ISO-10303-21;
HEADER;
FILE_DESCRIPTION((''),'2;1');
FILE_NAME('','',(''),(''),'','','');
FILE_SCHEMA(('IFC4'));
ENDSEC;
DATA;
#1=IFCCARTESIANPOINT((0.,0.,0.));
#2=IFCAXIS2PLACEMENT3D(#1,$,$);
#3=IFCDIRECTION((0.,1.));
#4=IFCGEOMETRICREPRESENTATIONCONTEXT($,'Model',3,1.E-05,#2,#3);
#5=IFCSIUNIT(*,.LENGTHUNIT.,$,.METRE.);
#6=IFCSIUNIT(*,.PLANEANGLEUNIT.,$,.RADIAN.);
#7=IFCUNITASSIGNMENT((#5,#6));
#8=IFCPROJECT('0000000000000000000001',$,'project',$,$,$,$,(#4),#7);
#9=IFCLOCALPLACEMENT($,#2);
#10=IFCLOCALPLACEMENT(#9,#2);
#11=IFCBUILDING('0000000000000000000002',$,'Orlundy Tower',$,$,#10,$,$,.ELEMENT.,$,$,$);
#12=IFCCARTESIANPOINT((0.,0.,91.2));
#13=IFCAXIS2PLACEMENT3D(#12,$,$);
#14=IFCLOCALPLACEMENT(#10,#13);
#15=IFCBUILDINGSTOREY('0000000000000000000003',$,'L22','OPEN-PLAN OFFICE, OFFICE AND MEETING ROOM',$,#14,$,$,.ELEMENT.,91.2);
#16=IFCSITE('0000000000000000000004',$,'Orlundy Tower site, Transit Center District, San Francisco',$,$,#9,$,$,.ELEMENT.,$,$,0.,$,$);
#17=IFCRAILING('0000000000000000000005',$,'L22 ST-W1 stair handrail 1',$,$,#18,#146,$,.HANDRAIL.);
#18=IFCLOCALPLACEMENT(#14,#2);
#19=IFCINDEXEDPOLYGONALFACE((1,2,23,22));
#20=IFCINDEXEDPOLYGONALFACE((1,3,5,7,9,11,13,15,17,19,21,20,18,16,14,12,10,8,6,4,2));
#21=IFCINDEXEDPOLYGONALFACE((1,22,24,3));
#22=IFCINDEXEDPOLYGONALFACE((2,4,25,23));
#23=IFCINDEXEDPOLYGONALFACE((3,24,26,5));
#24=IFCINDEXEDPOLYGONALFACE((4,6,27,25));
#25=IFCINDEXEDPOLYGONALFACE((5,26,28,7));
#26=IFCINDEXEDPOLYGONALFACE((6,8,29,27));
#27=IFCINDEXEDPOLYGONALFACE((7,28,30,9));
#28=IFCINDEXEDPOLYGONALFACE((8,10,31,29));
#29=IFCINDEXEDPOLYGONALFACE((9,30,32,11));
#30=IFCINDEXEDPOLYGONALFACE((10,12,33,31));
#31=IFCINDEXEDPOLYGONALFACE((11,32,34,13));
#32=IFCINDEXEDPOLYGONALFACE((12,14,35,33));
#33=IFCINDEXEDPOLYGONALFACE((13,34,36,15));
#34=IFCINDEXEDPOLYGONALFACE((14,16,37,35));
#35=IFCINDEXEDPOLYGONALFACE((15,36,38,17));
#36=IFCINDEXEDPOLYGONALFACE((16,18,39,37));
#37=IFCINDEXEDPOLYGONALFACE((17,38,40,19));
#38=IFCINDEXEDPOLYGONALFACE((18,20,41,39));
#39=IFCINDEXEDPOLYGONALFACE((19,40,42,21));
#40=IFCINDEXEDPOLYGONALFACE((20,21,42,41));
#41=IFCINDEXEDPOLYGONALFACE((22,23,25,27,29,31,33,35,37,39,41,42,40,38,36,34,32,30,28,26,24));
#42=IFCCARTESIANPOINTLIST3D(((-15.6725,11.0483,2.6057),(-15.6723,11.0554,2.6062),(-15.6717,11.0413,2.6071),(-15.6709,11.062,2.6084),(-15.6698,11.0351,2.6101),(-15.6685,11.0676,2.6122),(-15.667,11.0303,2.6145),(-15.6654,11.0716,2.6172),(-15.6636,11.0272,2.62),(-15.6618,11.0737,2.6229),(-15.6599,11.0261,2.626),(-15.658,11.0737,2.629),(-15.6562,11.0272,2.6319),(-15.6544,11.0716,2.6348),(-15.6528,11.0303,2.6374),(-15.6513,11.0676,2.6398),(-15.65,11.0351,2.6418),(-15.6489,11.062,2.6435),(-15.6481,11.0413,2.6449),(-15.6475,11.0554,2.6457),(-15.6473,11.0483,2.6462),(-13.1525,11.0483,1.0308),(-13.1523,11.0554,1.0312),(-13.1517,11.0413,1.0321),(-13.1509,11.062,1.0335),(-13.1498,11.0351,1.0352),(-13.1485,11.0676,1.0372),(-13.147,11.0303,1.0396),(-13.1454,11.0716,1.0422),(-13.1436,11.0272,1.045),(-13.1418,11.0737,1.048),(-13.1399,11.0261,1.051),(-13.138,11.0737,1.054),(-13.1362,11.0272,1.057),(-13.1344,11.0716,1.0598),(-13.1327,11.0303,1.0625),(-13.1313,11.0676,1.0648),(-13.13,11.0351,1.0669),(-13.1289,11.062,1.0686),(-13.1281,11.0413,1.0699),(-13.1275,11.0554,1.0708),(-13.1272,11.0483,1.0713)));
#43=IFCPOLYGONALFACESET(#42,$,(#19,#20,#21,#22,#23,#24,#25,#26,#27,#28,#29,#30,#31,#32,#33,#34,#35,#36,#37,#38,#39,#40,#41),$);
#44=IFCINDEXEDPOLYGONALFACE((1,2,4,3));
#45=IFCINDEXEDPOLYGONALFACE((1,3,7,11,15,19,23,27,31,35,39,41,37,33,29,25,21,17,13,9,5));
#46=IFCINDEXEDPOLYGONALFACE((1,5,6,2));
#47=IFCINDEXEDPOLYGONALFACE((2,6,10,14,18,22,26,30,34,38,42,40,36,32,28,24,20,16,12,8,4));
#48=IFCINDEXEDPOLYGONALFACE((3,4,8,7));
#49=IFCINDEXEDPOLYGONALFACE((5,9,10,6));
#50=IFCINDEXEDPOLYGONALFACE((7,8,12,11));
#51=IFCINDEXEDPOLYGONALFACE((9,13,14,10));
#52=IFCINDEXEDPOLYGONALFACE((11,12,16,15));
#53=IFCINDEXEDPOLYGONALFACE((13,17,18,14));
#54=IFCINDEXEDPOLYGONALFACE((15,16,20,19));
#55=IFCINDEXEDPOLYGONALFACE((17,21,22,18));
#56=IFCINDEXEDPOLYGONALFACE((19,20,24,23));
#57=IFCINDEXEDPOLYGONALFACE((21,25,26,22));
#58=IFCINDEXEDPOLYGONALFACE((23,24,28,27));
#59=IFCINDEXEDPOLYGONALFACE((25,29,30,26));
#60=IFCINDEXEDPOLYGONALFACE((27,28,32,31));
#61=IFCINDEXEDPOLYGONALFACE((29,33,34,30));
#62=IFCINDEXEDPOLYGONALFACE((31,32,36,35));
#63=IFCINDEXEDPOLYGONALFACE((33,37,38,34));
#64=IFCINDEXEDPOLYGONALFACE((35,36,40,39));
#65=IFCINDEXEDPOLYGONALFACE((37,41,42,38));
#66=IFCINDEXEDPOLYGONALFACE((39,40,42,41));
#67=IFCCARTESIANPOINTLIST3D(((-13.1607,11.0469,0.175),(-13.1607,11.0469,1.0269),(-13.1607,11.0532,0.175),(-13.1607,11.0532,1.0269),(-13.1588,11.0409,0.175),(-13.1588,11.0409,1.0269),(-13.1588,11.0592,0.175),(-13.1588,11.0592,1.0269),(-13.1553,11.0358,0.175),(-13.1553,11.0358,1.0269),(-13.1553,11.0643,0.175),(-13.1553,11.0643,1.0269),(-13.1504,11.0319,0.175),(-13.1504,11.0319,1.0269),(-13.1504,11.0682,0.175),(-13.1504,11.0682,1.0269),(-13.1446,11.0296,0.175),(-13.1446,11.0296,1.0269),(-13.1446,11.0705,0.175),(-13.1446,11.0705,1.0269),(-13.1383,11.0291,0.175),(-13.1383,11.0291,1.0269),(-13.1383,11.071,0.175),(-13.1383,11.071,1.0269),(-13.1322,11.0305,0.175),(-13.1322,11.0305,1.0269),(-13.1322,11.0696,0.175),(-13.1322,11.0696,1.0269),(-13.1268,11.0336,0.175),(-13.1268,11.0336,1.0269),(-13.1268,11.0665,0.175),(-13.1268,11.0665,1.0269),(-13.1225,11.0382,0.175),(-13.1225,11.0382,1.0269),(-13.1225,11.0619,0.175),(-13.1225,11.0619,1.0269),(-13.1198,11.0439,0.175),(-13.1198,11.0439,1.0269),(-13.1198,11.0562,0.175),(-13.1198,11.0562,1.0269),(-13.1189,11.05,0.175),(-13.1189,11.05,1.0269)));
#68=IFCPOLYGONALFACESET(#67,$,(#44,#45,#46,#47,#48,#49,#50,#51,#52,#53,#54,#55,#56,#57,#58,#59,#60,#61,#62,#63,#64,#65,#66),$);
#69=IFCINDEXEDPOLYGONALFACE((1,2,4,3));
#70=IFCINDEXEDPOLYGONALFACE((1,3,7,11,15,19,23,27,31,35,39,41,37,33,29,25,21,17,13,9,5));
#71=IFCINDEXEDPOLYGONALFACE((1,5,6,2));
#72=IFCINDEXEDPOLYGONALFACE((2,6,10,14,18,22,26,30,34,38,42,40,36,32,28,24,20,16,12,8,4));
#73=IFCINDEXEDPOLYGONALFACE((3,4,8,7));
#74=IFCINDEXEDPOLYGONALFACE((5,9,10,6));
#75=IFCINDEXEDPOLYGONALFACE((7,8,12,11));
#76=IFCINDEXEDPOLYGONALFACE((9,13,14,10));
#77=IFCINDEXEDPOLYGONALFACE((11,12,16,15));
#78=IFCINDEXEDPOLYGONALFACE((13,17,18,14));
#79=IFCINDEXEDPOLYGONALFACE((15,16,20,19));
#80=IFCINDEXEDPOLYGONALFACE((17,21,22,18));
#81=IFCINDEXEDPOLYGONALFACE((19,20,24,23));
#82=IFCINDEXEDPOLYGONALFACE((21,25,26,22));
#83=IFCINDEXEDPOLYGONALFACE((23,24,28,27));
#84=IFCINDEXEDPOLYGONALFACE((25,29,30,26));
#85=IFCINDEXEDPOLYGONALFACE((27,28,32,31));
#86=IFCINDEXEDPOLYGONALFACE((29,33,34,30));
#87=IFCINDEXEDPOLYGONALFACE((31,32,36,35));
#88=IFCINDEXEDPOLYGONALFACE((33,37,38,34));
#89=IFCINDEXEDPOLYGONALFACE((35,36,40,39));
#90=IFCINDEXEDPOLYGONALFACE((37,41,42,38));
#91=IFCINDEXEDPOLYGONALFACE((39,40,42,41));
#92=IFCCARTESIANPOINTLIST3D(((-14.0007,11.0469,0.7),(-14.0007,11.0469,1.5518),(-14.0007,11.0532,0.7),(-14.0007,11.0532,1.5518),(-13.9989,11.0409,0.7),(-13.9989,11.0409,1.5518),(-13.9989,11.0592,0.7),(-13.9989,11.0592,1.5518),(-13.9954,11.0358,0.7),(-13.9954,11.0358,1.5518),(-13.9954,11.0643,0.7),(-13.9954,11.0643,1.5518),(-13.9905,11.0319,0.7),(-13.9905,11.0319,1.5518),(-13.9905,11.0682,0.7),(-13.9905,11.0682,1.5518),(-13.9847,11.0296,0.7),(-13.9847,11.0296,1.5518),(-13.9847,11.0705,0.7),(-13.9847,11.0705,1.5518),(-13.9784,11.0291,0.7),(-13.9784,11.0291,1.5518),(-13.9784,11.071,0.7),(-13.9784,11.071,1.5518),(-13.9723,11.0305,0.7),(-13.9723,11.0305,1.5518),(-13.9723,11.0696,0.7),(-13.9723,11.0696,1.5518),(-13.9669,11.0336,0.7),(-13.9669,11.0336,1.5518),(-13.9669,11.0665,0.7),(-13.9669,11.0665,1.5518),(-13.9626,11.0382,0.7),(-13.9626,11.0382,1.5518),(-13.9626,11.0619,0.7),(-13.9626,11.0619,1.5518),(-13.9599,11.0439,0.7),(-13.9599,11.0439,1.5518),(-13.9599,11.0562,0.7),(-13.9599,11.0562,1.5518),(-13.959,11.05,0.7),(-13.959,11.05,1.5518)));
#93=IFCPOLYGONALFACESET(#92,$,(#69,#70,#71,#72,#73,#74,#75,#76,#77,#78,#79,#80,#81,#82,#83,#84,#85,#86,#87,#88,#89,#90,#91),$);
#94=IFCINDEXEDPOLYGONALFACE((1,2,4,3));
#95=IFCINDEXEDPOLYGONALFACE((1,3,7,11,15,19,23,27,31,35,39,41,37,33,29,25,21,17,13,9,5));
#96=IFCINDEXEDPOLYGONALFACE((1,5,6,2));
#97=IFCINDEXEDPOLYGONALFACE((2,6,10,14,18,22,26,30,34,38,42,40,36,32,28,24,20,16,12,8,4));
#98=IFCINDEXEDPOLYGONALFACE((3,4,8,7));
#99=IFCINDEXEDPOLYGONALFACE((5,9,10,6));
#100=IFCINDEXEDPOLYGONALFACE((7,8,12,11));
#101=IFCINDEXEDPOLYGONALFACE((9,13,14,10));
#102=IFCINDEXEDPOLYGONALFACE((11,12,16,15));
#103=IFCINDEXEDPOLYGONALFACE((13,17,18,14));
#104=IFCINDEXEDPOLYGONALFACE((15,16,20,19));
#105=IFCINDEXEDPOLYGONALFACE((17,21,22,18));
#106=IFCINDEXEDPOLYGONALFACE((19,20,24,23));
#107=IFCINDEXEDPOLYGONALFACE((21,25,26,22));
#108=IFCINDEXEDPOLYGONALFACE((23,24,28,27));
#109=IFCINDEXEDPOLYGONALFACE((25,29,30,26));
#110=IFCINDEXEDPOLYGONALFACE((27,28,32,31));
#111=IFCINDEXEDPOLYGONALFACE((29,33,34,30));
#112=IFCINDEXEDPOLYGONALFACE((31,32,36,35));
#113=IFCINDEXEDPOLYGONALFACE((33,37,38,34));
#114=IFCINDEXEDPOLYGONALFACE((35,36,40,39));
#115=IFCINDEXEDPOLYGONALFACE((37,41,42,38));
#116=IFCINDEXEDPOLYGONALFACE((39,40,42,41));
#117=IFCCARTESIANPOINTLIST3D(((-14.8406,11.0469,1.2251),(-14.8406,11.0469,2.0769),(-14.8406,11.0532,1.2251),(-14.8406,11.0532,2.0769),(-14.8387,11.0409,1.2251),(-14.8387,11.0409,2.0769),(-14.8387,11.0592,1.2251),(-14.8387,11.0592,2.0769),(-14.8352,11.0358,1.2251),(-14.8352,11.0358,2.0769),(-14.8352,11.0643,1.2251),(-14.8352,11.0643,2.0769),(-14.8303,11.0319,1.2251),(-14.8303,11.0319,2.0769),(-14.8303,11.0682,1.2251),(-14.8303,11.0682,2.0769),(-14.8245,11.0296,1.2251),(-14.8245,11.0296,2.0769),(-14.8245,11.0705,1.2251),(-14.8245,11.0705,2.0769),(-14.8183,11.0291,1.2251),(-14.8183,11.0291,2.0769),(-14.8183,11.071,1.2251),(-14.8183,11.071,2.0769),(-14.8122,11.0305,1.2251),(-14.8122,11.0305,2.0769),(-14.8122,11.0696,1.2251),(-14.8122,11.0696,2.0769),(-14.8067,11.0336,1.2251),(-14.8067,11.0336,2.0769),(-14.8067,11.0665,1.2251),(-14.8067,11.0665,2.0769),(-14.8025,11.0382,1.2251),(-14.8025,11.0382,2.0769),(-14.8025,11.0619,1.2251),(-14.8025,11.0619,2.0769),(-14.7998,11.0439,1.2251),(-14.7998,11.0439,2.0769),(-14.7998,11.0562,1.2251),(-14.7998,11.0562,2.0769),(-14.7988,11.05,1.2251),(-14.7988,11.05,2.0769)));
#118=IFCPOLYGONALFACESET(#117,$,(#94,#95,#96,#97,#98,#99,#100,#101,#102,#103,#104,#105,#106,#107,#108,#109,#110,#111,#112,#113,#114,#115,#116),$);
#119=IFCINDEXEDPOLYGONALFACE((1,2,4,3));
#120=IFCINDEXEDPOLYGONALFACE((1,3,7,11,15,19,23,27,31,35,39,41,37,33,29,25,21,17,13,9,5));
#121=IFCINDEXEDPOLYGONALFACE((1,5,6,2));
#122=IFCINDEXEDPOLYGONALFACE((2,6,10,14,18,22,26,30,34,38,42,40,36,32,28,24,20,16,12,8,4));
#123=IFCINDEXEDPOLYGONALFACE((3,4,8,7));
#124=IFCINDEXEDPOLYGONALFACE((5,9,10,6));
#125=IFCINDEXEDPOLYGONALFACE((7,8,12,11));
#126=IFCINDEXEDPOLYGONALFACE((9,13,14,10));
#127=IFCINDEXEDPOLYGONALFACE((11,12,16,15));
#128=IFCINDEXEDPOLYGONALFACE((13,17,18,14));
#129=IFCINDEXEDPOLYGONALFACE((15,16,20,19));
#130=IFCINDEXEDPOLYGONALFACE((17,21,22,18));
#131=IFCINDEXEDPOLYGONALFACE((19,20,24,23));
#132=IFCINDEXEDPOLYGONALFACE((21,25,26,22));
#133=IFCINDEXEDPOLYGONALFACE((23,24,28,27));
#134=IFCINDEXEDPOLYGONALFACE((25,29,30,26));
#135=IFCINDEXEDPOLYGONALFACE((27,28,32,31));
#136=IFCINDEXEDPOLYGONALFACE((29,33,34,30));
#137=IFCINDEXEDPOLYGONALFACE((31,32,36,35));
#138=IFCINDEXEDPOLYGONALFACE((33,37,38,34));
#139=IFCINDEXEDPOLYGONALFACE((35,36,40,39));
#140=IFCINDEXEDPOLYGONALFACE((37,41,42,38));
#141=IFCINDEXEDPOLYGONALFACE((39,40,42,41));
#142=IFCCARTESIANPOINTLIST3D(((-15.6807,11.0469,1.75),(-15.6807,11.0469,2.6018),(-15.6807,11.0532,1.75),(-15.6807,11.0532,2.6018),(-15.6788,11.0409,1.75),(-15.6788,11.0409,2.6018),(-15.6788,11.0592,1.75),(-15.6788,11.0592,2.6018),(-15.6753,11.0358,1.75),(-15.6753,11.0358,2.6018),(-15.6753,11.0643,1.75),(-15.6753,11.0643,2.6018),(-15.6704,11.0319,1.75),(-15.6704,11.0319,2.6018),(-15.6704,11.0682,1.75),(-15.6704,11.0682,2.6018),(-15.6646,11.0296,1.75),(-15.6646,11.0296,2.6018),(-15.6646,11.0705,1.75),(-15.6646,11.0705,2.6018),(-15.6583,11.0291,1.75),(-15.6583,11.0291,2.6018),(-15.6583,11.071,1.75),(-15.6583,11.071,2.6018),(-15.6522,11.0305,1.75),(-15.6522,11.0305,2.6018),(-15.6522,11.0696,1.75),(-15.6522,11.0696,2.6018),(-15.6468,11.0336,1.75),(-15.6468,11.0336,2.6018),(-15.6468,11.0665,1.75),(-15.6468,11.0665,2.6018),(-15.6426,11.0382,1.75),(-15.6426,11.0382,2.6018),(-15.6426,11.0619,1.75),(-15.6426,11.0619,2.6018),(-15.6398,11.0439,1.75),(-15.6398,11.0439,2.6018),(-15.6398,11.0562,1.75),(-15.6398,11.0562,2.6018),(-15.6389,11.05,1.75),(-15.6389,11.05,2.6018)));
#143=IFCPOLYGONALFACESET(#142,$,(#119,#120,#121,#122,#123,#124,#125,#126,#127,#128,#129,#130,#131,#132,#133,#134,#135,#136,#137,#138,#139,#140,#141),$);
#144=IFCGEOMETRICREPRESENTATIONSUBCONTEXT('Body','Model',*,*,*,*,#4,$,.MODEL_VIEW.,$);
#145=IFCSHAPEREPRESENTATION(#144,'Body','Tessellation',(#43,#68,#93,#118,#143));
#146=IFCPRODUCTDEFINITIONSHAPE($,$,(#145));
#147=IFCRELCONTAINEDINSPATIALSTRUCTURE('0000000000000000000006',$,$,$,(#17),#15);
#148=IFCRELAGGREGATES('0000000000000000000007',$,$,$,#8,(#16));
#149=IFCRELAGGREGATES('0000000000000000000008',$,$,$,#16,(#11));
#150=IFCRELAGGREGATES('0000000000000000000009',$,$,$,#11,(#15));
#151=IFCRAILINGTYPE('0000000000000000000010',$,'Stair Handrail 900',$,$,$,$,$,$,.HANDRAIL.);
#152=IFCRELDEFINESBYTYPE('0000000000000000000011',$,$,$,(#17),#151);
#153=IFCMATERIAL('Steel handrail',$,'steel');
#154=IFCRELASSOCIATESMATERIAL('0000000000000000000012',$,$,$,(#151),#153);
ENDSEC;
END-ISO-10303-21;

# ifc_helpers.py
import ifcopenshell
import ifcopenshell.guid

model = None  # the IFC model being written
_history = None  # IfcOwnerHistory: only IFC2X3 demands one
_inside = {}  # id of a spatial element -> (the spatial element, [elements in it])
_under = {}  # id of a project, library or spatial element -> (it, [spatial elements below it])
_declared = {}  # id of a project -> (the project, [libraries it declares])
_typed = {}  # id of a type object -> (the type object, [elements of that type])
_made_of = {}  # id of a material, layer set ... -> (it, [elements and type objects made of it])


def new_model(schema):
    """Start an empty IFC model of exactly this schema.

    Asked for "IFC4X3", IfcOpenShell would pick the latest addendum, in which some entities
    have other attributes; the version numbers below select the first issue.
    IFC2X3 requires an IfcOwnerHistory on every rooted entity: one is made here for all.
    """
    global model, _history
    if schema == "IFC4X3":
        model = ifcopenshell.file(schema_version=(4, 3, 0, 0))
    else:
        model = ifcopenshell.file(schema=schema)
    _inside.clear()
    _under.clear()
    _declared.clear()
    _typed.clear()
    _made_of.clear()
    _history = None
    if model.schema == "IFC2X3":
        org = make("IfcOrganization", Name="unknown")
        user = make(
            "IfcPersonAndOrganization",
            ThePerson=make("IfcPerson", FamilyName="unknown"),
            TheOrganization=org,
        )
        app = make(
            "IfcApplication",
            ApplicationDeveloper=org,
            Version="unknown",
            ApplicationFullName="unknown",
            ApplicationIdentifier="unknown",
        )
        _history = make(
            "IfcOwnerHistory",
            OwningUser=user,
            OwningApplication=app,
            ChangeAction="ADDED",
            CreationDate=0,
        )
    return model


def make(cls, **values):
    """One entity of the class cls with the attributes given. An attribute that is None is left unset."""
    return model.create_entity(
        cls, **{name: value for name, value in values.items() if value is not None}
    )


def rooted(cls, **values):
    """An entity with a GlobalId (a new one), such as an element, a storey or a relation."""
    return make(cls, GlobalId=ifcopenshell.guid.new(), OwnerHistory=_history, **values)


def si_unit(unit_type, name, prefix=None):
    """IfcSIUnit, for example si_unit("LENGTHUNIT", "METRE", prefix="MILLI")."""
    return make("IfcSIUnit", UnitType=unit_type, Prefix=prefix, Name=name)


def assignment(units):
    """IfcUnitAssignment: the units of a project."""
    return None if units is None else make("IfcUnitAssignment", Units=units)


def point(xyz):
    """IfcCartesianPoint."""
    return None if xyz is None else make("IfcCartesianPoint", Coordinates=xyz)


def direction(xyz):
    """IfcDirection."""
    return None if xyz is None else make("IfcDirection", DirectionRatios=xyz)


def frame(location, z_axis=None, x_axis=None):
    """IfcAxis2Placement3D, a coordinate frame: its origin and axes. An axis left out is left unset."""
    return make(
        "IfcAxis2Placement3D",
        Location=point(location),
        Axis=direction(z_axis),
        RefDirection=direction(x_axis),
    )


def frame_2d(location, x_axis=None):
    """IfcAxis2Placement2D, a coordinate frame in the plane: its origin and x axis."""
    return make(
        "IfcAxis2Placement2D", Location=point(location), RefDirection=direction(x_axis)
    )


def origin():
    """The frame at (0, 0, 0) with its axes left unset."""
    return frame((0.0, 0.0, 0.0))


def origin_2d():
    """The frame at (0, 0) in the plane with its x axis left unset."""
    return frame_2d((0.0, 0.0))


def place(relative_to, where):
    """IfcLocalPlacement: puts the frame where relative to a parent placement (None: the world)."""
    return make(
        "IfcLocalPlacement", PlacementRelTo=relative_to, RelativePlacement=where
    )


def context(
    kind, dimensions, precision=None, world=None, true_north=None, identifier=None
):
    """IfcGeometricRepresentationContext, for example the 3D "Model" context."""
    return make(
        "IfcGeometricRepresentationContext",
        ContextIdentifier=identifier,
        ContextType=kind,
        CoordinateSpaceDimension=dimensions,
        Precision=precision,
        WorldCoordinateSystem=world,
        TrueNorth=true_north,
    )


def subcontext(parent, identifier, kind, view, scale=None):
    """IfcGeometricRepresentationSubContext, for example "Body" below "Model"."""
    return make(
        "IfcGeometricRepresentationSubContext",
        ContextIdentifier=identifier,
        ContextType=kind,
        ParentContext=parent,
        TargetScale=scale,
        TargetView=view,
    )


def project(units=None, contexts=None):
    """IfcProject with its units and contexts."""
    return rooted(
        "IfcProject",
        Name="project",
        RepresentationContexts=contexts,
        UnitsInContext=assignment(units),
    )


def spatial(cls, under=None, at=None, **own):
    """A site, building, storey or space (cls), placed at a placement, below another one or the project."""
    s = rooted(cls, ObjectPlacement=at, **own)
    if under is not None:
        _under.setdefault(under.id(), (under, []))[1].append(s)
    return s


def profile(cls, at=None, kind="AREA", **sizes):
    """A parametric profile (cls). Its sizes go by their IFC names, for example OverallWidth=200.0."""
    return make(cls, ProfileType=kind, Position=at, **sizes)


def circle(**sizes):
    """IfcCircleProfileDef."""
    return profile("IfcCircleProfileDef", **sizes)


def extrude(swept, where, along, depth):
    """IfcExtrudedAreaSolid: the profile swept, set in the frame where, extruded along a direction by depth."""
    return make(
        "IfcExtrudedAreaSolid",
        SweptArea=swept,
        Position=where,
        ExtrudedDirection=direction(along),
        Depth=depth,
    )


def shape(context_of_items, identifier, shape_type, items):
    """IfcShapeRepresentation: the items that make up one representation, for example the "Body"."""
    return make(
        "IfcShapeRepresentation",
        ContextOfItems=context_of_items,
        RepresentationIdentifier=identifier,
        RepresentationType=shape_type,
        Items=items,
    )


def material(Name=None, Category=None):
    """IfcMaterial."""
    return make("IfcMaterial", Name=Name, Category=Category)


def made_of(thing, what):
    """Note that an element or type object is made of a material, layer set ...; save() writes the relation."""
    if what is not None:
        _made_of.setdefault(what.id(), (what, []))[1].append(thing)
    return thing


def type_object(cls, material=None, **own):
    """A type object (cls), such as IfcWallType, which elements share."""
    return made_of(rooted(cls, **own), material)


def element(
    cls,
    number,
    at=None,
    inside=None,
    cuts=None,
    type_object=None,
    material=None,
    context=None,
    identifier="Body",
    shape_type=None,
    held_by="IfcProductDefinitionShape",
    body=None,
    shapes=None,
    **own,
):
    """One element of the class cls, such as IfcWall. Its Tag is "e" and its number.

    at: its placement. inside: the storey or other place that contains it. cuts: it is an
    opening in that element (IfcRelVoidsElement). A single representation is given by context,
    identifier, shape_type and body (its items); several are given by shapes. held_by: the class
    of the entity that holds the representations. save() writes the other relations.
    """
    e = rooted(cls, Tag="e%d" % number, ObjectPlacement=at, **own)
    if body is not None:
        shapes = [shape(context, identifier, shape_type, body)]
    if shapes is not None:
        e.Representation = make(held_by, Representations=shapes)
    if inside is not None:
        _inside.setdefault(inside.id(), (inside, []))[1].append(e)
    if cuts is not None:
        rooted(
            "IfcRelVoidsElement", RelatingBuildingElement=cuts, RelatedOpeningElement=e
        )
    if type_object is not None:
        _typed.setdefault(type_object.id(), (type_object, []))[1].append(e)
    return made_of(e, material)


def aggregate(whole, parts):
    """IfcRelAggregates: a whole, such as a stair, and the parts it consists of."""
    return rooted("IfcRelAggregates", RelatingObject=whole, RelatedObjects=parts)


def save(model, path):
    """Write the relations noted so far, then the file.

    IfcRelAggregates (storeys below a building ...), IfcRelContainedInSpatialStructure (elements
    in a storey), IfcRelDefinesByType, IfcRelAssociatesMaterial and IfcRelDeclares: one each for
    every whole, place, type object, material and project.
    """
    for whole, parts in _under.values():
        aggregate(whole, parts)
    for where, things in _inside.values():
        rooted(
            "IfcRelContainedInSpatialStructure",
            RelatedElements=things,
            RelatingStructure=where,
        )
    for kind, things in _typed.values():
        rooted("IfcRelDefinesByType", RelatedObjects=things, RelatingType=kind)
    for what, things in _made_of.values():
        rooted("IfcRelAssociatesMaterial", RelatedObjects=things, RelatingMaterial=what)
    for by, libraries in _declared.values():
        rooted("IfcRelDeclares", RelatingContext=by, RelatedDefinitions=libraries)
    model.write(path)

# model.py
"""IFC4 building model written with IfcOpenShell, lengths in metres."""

from ifc_helpers import new_model, si_unit, direction, frame, origin, origin_2d, place, context, subcontext, project, spatial, circle, extrude, material, type_object, element, save


model = new_model("IFC4")

# Units and contexts
model_context = context("Model", 3, precision=1e-05, world=origin(), true_north=direction((0.0, 1.0)))
body_context = subcontext(model_context, "Body", "Model", "MODEL_VIEW")
ifc_project = project(units=[si_unit("LENGTHUNIT", "METRE"), si_unit("PLANEANGLEUNIT", "RADIAN")], contexts=[model_context])

# Site, building, storey
site_placement = place(None, origin())
site = spatial("IfcSite", under=ifc_project, at=site_placement, Name="Orlundy Tower site, Transit Center District, San Francisco", CompositionType="ELEMENT", RefElevation=0.0)
building_placement = place(site_placement, origin())
building = spatial("IfcBuilding", under=site, at=building_placement, Name="Orlundy Tower", CompositionType="ELEMENT")
storey_placement = place(building_placement, frame((0.0, 0.0, 91.2)))
storey = spatial("IfcBuildingStorey", under=building, at=storey_placement, Name="L22", Description="OPEN-PLAN OFFICE, OFFICE AND MEETING ROOM", CompositionType="ELEMENT", Elevation=91.2)

# Railing
ifc_material_1 = material(Name="Steel handrail", Category="steel")
railing_type_1 = type_object("IfcRailingType", Name="Stair Handrail 900", PredefinedType="HANDRAIL", material=ifc_material_1)
railing_1_placement = place(storey_placement, frame((-13.1399, 11.05, 0.175)))
element("IfcRailing", 1, at=railing_1_placement, inside=storey, type_object=railing_type_1, Name="L22 ST-W1 stair handrail 1", PredefinedType="HANDRAIL", context=body_context, shape_type="SweptSolid", body=[
    extrude(circle(Radius=0.0239, at=origin_2d()), frame((0.0, 0.0, 0.876), z_axis=(-0.848008, 0.0, 0.529984), x_axis=(0.0, -1.0, 0.0)), (0.0, 0.0, 1.0), 2.9717),
    extrude(circle(Radius=0.021, at=origin_2d()), origin(), (0.0, 0.0, 1.0), 0.8518),
    extrude(circle(Radius=0.021, at=origin_2d()), frame((-0.8401, 0.0, 0.5249)), (0.0, 0.0, 1.0), 0.8518),
    extrude(circle(Radius=0.021, at=origin_2d()), frame((-1.6799, 0.0, 1.05)), (0.0, 0.0, 1.0), 0.8518),
    extrude(circle(Radius=0.021, at=origin_2d()), frame((-2.52, 0.0, 1.575)), (0.0, 0.0, 1.0), 0.8518),
])

save(model, "model.ifc")
